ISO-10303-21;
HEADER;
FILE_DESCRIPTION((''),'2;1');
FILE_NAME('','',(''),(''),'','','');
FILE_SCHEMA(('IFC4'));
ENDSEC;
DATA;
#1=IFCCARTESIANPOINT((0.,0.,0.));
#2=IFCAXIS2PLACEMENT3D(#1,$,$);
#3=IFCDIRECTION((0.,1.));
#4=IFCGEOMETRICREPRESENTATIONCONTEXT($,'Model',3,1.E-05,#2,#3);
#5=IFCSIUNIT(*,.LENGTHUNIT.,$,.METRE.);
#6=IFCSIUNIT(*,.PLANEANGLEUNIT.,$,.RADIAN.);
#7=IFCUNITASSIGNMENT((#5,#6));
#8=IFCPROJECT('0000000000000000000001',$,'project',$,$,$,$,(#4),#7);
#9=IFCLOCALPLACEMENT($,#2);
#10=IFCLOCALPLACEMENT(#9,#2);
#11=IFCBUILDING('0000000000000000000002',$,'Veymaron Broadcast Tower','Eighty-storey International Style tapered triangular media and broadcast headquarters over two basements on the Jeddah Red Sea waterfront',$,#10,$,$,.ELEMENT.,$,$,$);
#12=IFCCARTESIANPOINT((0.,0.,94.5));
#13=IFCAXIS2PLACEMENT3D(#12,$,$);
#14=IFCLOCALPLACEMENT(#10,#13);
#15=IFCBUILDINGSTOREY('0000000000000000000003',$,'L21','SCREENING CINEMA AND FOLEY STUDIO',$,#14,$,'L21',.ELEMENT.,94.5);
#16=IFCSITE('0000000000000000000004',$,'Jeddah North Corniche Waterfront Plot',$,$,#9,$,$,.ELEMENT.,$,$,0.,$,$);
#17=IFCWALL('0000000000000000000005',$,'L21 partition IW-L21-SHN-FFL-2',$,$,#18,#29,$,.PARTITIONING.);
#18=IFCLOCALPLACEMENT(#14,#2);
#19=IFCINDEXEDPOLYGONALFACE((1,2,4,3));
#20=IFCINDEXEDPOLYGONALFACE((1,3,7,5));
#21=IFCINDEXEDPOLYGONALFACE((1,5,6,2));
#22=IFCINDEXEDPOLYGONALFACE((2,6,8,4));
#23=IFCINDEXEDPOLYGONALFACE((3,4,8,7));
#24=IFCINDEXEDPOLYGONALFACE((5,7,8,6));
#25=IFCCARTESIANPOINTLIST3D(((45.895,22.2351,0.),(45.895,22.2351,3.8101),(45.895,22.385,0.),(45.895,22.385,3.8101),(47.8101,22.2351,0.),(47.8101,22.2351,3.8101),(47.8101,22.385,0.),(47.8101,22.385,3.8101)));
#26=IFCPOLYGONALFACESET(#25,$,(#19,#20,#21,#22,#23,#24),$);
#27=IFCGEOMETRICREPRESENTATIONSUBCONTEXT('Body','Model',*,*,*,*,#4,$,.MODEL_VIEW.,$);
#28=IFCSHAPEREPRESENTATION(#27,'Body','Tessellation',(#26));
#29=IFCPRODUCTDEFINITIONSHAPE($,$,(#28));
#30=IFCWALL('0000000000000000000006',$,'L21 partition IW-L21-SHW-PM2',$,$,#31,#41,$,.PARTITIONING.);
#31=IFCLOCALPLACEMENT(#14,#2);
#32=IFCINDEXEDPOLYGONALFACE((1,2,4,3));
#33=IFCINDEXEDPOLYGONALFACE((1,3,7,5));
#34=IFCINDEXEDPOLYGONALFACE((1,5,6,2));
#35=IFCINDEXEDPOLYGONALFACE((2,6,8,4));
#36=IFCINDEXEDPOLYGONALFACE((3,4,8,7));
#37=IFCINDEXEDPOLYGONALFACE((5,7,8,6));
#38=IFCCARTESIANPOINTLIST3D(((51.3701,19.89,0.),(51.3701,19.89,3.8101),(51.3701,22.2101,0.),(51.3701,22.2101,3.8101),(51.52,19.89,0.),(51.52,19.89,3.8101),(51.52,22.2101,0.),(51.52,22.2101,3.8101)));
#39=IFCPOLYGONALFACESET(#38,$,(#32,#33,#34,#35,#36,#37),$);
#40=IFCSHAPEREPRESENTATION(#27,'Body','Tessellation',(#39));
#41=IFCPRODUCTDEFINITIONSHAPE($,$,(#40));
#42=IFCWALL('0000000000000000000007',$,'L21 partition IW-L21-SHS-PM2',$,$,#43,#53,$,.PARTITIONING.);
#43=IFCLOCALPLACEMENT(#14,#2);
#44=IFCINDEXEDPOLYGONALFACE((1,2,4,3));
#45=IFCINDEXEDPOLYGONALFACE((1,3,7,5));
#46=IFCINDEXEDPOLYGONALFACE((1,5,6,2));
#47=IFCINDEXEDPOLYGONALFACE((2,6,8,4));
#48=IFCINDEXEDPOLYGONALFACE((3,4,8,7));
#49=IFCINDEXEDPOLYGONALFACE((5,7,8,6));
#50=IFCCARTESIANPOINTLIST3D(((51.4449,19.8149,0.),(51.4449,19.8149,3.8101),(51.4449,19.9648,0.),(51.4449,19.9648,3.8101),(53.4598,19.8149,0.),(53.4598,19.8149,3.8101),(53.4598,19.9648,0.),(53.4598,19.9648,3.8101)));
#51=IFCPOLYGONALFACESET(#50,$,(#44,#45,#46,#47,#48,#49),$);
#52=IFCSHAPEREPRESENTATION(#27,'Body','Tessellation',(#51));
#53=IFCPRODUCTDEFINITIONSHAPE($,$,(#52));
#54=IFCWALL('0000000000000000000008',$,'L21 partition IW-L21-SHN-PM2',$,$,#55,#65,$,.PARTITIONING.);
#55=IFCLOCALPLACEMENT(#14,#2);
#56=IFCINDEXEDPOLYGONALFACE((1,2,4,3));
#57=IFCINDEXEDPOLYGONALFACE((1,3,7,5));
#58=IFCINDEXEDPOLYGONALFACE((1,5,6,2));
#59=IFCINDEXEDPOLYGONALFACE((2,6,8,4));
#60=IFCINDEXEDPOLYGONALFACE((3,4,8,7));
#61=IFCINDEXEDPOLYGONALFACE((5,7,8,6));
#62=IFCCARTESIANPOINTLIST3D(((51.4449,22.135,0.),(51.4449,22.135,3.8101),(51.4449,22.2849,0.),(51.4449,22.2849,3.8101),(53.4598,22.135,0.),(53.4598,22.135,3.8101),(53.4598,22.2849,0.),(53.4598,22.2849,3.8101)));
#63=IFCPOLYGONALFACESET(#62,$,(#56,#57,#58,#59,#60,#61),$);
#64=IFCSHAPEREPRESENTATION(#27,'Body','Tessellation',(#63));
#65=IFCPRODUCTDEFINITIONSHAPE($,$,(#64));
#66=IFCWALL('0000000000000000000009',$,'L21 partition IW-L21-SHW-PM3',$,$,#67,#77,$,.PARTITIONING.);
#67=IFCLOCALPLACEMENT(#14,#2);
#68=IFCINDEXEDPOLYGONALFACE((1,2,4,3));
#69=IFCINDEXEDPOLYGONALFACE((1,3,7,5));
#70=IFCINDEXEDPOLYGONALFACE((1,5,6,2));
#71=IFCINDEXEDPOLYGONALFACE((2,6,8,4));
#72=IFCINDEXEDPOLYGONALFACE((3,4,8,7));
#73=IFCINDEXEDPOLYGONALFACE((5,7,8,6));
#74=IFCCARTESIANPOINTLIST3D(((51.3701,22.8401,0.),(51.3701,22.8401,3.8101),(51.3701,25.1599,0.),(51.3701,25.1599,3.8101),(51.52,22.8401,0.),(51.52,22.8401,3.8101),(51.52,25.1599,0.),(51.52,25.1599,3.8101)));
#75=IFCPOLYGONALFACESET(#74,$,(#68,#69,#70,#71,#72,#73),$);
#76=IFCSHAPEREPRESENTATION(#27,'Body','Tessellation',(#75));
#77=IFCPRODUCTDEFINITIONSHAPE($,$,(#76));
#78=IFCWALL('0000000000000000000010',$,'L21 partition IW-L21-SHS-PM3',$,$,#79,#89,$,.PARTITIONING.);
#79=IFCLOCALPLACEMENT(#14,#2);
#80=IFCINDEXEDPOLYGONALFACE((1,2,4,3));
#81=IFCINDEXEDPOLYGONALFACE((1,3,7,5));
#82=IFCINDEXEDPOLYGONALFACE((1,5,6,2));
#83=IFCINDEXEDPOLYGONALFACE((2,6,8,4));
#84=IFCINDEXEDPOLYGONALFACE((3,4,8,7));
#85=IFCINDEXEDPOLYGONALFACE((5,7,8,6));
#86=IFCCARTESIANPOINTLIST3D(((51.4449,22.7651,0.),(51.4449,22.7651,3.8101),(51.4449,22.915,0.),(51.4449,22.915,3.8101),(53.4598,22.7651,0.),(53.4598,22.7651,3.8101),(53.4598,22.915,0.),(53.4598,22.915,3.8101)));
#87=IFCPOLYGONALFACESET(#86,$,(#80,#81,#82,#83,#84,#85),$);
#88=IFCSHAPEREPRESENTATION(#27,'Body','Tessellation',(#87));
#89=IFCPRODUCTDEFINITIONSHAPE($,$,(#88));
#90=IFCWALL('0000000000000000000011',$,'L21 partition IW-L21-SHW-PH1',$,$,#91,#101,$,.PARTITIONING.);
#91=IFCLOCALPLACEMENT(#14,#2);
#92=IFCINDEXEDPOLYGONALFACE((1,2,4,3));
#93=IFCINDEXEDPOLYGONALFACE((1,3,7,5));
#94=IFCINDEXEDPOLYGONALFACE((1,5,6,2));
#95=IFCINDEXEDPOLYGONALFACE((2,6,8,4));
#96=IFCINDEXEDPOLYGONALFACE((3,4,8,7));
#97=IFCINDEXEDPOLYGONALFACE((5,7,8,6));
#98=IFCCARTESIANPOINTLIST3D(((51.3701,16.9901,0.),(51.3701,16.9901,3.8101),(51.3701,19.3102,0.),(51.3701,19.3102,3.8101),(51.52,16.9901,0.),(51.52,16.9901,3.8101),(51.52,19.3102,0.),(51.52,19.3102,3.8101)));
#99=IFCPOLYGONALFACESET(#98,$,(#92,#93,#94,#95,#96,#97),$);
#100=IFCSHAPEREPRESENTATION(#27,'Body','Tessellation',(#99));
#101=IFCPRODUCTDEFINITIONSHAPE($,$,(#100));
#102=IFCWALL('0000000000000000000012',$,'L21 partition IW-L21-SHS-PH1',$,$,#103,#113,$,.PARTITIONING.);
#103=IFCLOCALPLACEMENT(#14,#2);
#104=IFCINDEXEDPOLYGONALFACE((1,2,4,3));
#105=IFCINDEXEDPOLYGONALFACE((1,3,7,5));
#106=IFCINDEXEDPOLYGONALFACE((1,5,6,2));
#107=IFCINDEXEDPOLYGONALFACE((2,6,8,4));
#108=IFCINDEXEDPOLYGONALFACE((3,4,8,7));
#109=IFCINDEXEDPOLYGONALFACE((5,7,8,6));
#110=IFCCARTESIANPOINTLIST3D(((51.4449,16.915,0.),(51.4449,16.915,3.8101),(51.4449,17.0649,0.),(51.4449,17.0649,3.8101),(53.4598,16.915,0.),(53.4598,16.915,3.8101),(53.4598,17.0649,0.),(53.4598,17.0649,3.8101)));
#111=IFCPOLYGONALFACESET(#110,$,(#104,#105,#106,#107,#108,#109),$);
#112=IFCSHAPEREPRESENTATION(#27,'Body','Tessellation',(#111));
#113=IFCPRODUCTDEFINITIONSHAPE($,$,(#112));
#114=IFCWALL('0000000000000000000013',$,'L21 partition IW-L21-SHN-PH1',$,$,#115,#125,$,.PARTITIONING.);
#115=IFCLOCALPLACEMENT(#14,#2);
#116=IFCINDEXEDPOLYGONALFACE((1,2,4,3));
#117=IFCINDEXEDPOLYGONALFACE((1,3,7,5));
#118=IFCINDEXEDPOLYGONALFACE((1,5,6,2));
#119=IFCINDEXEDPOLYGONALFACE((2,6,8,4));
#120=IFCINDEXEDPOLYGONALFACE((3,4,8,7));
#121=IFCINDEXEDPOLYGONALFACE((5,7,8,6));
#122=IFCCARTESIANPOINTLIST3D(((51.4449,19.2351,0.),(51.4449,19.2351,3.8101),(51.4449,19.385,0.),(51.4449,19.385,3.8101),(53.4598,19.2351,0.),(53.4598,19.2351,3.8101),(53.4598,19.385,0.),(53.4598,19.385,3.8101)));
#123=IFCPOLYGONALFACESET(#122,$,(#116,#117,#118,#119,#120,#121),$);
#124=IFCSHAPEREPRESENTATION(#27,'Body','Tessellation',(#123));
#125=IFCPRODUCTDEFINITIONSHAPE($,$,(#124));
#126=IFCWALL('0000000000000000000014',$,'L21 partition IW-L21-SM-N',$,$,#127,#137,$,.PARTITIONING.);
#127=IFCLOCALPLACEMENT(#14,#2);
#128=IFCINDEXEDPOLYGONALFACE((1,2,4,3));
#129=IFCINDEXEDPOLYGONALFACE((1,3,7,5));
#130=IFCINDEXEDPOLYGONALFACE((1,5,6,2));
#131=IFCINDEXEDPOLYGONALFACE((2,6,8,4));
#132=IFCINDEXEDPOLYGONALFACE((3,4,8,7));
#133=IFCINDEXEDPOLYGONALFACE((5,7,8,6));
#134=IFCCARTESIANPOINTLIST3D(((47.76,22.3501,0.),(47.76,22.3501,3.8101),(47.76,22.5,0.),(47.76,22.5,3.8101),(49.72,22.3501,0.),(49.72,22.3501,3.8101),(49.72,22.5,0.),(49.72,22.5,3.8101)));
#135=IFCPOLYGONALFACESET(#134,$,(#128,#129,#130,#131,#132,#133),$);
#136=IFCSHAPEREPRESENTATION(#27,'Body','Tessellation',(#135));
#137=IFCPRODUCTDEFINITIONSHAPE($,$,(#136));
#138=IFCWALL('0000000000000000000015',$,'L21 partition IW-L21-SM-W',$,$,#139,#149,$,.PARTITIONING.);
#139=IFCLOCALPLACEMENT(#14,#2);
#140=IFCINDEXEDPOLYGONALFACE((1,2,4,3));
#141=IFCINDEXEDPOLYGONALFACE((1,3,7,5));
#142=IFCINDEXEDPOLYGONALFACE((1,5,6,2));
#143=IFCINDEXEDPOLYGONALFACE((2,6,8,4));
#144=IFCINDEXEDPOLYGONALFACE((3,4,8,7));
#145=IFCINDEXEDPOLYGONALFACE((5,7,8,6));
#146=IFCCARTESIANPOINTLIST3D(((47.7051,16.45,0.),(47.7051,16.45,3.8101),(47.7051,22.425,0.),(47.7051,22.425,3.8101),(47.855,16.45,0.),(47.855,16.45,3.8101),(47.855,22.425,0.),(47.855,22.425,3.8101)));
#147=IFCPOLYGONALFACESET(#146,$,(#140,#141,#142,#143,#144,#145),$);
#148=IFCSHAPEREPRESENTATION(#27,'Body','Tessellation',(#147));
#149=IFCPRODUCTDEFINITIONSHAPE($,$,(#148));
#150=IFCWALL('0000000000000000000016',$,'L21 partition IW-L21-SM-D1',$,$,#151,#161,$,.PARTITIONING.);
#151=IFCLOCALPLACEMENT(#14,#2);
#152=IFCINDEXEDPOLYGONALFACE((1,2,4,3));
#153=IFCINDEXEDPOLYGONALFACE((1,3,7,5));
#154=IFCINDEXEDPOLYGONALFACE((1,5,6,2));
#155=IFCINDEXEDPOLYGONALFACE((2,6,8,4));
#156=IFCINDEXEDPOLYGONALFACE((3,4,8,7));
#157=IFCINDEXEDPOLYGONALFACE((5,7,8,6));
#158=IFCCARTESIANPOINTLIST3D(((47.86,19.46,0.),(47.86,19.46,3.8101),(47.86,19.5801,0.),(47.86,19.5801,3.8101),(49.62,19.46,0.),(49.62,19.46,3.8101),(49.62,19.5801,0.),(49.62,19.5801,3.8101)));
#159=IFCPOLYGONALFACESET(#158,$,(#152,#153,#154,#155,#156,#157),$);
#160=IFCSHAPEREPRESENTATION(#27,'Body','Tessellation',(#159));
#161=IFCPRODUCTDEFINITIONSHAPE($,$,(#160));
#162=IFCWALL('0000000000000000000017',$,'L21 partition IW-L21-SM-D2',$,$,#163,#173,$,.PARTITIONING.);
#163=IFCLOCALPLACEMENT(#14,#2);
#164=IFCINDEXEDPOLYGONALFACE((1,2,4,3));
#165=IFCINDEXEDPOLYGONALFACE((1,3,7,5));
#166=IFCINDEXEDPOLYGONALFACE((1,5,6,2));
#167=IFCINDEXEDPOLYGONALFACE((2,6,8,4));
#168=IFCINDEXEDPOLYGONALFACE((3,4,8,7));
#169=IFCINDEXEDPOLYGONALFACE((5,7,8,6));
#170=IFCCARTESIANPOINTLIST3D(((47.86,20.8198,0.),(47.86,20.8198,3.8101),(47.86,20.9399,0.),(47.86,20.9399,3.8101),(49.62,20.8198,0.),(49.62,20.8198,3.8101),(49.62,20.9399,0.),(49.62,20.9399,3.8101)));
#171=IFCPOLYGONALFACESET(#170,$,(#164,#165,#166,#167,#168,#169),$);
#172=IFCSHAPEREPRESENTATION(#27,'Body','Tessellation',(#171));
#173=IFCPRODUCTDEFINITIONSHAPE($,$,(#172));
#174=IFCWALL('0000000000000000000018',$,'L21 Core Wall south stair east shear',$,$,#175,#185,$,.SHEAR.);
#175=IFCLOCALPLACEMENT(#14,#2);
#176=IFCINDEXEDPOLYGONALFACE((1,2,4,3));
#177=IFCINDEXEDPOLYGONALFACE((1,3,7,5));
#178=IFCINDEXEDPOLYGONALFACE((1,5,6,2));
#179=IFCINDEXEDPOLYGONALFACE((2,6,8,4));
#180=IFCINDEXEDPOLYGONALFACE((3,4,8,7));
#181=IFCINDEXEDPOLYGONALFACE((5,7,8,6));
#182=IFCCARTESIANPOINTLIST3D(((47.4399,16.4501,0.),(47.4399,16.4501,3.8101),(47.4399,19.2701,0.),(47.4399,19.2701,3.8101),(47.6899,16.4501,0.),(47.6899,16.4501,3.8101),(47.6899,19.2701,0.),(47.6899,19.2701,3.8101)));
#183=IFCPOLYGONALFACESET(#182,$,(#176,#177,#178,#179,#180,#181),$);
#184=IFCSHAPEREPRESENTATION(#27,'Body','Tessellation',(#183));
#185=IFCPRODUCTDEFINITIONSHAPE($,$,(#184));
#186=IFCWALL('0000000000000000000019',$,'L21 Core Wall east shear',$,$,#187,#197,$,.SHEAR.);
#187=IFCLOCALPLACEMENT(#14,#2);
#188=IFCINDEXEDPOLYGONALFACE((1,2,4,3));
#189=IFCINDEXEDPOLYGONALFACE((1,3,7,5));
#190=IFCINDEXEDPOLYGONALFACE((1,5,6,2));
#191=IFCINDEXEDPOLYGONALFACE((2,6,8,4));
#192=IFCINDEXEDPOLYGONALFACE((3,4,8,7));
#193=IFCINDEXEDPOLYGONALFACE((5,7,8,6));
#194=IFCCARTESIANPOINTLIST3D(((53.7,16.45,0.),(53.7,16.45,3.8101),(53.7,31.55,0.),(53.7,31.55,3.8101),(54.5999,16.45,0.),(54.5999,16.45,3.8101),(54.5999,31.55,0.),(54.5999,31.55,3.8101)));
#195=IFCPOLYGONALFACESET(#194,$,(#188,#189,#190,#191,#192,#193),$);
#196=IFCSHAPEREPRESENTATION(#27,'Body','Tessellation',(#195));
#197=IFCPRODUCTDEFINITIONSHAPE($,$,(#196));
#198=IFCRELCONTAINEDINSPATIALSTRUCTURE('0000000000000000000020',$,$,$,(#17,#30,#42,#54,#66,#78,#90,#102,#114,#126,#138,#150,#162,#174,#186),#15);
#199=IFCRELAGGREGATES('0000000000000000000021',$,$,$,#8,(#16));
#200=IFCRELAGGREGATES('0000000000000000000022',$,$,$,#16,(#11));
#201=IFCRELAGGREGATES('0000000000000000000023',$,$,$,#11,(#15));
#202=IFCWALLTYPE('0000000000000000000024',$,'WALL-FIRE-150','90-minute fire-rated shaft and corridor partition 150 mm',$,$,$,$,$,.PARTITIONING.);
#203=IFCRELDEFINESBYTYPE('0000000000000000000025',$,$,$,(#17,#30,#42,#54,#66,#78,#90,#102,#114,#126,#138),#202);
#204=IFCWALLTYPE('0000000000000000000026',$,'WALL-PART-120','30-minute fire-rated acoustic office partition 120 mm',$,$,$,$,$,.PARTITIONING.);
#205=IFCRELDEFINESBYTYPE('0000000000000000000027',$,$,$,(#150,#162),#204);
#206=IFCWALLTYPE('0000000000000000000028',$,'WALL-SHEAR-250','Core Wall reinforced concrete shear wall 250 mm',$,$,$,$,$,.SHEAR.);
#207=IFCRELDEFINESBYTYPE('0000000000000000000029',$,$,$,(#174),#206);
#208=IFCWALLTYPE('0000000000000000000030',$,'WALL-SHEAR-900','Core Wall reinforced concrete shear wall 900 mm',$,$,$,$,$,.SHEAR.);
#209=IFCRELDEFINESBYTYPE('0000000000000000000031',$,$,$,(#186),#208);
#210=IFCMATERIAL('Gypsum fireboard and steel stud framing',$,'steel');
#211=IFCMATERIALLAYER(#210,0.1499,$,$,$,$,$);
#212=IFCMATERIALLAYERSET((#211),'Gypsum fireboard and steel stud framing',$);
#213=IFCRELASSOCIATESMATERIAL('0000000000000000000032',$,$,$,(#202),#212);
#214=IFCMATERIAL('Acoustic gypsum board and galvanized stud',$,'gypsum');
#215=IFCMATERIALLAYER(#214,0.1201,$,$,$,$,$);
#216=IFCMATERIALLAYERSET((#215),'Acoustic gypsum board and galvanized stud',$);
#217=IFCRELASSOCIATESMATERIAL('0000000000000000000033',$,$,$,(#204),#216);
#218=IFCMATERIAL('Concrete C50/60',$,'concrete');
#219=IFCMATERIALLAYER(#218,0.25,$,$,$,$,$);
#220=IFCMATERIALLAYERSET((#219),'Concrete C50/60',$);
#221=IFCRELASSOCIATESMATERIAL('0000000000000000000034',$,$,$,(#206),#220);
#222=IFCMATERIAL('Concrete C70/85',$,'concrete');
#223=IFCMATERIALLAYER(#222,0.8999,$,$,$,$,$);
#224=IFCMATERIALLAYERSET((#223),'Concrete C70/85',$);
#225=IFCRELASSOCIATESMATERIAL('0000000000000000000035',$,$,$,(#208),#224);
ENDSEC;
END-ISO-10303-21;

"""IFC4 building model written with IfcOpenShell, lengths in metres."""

from ifc_helpers import new_model, si_unit, direction, frame, frame_2d, origin, place, context, subcontext, project, spatial, rectangle, extrude, material, layer, layer_set, type_object, element, save


model = new_model("IFC4")

# Units and contexts
model_context = context("Model", 3, precision=1e-05, world=origin(), true_north=direction((0.0, 1.0)))
body_context = subcontext(model_context, "Body", "Model", "MODEL_VIEW")
ifc_project = project(units=[si_unit("LENGTHUNIT", "METRE"), si_unit("PLANEANGLEUNIT", "RADIAN")], contexts=[model_context])

# Site, building, storey
site_placement = place(None, origin())
site = spatial("IfcSite", under=ifc_project, at=site_placement, Name="Jeddah North Corniche Waterfront Plot", CompositionType="ELEMENT", RefElevation=0.0)
building_placement = place(site_placement, origin())
building = spatial("IfcBuilding", under=site, at=building_placement, Name="Veymaron Broadcast Tower", Description="Eighty-storey International Style tapered triangular media and broadcast headquarters over two basements on the Jeddah Red Sea waterfront", CompositionType="ELEMENT")
storey_placement = place(building_placement, frame((0.0, 0.0, 94.5)))
storey = spatial("IfcBuildingStorey", under=building, at=storey_placement, Name="L21", Description="SCREENING CINEMA AND FOLEY STUDIO", LongName="L21", CompositionType="ELEMENT", Elevation=94.5)

# Walls
ifc_material_1 = material(Name="Gypsum fireboard and steel stud framing", Category="steel")
ifc_layer_1 = layer(ifc_material_1, 0.1499)
ifc_layer_set_1 = layer_set([ifc_layer_1], Name="Gypsum fireboard and steel stud framing")
wall_type_1 = type_object("IfcWallType", Name="WALL-FIRE-150", Description="90-minute fire-rated shaft and corridor partition 150 mm", PredefinedType="PARTITIONING", material=ifc_layer_set_1)
wall_1_placement = place(storey_placement, frame((45.895, 22.3101, 0.0), z_axis=(0.0, 0.0, 1.0), x_axis=(1.0, 0.0, 0.0)))
element("IfcWall", 1, at=wall_1_placement, inside=storey, type_object=wall_type_1, Name="L21 partition IW-L21-SHN-FFL-2", PredefinedType="PARTITIONING", context=body_context, shape_type="SweptSolid", body=[
    extrude(rectangle(XDim=1.915, YDim=0.1499, at=frame_2d((0.9575, 0.0))), origin(), (0.0, 0.0, 1.0), 3.8101),
])
wall_2_placement = place(storey_placement, frame((51.4451, 19.8899, 0.0), z_axis=(0.0, 0.0, 1.0), x_axis=(0.0, 1.0, 0.0)))
element("IfcWall", 2, at=wall_2_placement, inside=storey, type_object=wall_type_1, Name="L21 partition IW-L21-SHW-PM2", PredefinedType="PARTITIONING", context=body_context, shape_type="SweptSolid", body=[
    extrude(rectangle(XDim=2.3201, YDim=0.1499, at=frame_2d((1.1602, 0.0))), origin(), (0.0, 0.0, 1.0), 3.8101),
])
for number, where, z_axis, x_axis, name in (
    (3, (51.4451, 19.8899, 0.0), (0.0, 0.0, 1.0), (1.0, 0.0, 0.0), "L21 partition IW-L21-SHS-PM2"),
    (4, (51.4451, 22.21, 0.0), (0.0, 0.0, 1.0), (1.0, 0.0, 0.0), "L21 partition IW-L21-SHN-PM2"),
):
    element("IfcWall", number, at=place(storey_placement, frame(where, z_axis=z_axis, x_axis=x_axis)), inside=storey, type_object=wall_type_1, Name=name, PredefinedType="PARTITIONING", context=body_context, shape_type="SweptSolid", body=[
        extrude(rectangle(XDim=2.0149, YDim=0.1499, at=frame_2d((1.0073, 0.0))), origin(), (0.0, 0.0, 1.0), 3.8101),
    ])
wall_3_placement = place(storey_placement, frame((51.4451, 22.8401, 0.0), z_axis=(0.0, 0.0, 1.0), x_axis=(0.0, 1.0, 0.0)))
element("IfcWall", 5, at=wall_3_placement, inside=storey, type_object=wall_type_1, Name="L21 partition IW-L21-SHW-PM3", PredefinedType="PARTITIONING", context=body_context, shape_type="SweptSolid", body=[
    extrude(rectangle(XDim=2.3198, YDim=0.1499, at=frame_2d((1.1599, 0.0))), origin(), (0.0, 0.0, 1.0), 3.8101),
])
wall_4_placement = place(storey_placement, frame((51.4451, 22.8401, 0.0), z_axis=(0.0, 0.0, 1.0), x_axis=(1.0, 0.0, 0.0)))
element("IfcWall", 6, at=wall_4_placement, inside=storey, type_object=wall_type_1, Name="L21 partition IW-L21-SHS-PM3", PredefinedType="PARTITIONING", context=body_context, shape_type="SweptSolid", body=[
    extrude(rectangle(XDim=2.0149, YDim=0.1499, at=frame_2d((1.0073, 0.0))), origin(), (0.0, 0.0, 1.0), 3.8101),
])
wall_5_placement = place(storey_placement, frame((51.4451, 16.99, 0.0), z_axis=(0.0, 0.0, 1.0), x_axis=(0.0, 1.0, 0.0)))
element("IfcWall", 7, at=wall_5_placement, inside=storey, type_object=wall_type_1, Name="L21 partition IW-L21-SHW-PH1", PredefinedType="PARTITIONING", context=body_context, shape_type="SweptSolid", body=[
    extrude(rectangle(XDim=2.3201, YDim=0.1499, at=frame_2d((1.1602, 0.0))), origin(), (0.0, 0.0, 1.0), 3.8101),
])
for number, where, z_axis, x_axis, name in (
    (8, (51.4451, 16.99, 0.0), (0.0, 0.0, 1.0), (1.0, 0.0, 0.0), "L21 partition IW-L21-SHS-PH1"),
    (9, (51.4451, 19.3101, 0.0), (0.0, 0.0, 1.0), (1.0, 0.0, 0.0), "L21 partition IW-L21-SHN-PH1"),
):
    element("IfcWall", number, at=place(storey_placement, frame(where, z_axis=z_axis, x_axis=x_axis)), inside=storey, type_object=wall_type_1, Name=name, PredefinedType="PARTITIONING", context=body_context, shape_type="SweptSolid", body=[
        extrude(rectangle(XDim=2.0149, YDim=0.1499, at=frame_2d((1.0073, 0.0))), origin(), (0.0, 0.0, 1.0), 3.8101),
    ])

# Walls
wall_6_placement = place(storey_placement, frame((47.76, 22.425, 0.0), z_axis=(0.0, 0.0, 1.0), x_axis=(1.0, 0.0, 0.0)))
element("IfcWall", 10, at=wall_6_placement, inside=storey, type_object=wall_type_1, Name="L21 partition IW-L21-SM-N", PredefinedType="PARTITIONING", context=body_context, shape_type="SweptSolid", body=[
    extrude(rectangle(XDim=1.96, YDim=0.1499, at=frame_2d((0.98, 0.0))), origin(), (0.0, 0.0, 1.0), 3.8101),
])
wall_7_placement = place(storey_placement, frame((47.78, 16.45, 0.0), z_axis=(0.0, 0.0, 1.0), x_axis=(0.0, 1.0, 0.0)))
element("IfcWall", 11, at=wall_7_placement, inside=storey, type_object=wall_type_1, Name="L21 partition IW-L21-SM-W", PredefinedType="PARTITIONING", context=body_context, shape_type="SweptSolid", body=[
    extrude(rectangle(XDim=5.9751, YDim=0.1499, at=frame_2d((2.9875, 0.0))), origin(), (0.0, 0.0, 1.0), 3.8101),
])
ifc_material_2 = material(Name="Acoustic gypsum board and galvanized stud", Category="gypsum")
ifc_layer_2 = layer(ifc_material_2, 0.1201)
ifc_layer_set_2 = layer_set([ifc_layer_2], Name="Acoustic gypsum board and galvanized stud")
wall_type_2 = type_object("IfcWallType", Name="WALL-PART-120", Description="30-minute fire-rated acoustic office partition 120 mm", PredefinedType="PARTITIONING", material=ifc_layer_set_2)
for number, where, z_axis, x_axis, name in (
    (12, (47.8601, 19.52, 0.0), (0.0, 0.0, 1.0), (1.0, 0.0, 0.0), "L21 partition IW-L21-SM-D1"),
    (13, (47.8601, 20.8799, 0.0), (0.0, 0.0, 1.0), (1.0, 0.0, 0.0), "L21 partition IW-L21-SM-D2"),
):
    element("IfcWall", number, at=place(storey_placement, frame(where, z_axis=z_axis, x_axis=x_axis)), inside=storey, type_object=wall_type_2, Name=name, PredefinedType="PARTITIONING", context=body_context, shape_type="SweptSolid", body=[
        extrude(rectangle(XDim=1.76, YDim=0.1201, at=frame_2d((0.8799, 0.0))), origin(), (0.0, 0.0, 1.0), 3.8101),
    ])

# Walls
ifc_material_3 = material(Name="Concrete C50/60", Category="concrete")
ifc_layer_3 = layer(ifc_material_3, 0.25)
ifc_layer_set_3 = layer_set([ifc_layer_3], Name="Concrete C50/60")
wall_type_3 = type_object("IfcWallType", Name="WALL-SHEAR-250", Description="Core Wall reinforced concrete shear wall 250 mm", PredefinedType="SHEAR", material=ifc_layer_set_3)
wall_8_placement = place(storey_placement, frame((47.5649, 16.45, 0.0), z_axis=(0.0, 0.0, 1.0), x_axis=(0.0, 1.0, 0.0)))
element("IfcWall", 14, at=wall_8_placement, inside=storey, type_object=wall_type_3, Name="L21 Core Wall south stair east shear", PredefinedType="SHEAR", context=body_context, shape_type="SweptSolid", body=[
    extrude(rectangle(XDim=2.8201, YDim=0.25, at=frame_2d((1.4102, 0.0))), origin(), (0.0, 0.0, 1.0), 3.8101),
])
ifc_material_4 = material(Name="Concrete C70/85", Category="concrete")
ifc_layer_4 = layer(ifc_material_4, 0.8999)
ifc_layer_set_4 = layer_set([ifc_layer_4], Name="Concrete C70/85")
wall_type_4 = type_object("IfcWallType", Name="WALL-SHEAR-900", Description="Core Wall reinforced concrete shear wall 900 mm", PredefinedType="SHEAR", material=ifc_layer_set_4)
wall_9_placement = place(storey_placement, frame((54.1499, 16.45, 0.0), z_axis=(0.0, 0.0, 1.0), x_axis=(0.0, 1.0, 0.0)))
element("IfcWall", 15, at=wall_9_placement, inside=storey, type_object=wall_type_4, Name="L21 Core Wall east shear", PredefinedType="SHEAR", context=body_context, shape_type="SweptSolid", body=[
    extrude(rectangle(XDim=15.1001, YDim=0.8999, at=frame_2d((7.55, 0.0))), origin(), (0.0, 0.0, 1.0), 3.8101),
])

save(model, "model.ifc")
